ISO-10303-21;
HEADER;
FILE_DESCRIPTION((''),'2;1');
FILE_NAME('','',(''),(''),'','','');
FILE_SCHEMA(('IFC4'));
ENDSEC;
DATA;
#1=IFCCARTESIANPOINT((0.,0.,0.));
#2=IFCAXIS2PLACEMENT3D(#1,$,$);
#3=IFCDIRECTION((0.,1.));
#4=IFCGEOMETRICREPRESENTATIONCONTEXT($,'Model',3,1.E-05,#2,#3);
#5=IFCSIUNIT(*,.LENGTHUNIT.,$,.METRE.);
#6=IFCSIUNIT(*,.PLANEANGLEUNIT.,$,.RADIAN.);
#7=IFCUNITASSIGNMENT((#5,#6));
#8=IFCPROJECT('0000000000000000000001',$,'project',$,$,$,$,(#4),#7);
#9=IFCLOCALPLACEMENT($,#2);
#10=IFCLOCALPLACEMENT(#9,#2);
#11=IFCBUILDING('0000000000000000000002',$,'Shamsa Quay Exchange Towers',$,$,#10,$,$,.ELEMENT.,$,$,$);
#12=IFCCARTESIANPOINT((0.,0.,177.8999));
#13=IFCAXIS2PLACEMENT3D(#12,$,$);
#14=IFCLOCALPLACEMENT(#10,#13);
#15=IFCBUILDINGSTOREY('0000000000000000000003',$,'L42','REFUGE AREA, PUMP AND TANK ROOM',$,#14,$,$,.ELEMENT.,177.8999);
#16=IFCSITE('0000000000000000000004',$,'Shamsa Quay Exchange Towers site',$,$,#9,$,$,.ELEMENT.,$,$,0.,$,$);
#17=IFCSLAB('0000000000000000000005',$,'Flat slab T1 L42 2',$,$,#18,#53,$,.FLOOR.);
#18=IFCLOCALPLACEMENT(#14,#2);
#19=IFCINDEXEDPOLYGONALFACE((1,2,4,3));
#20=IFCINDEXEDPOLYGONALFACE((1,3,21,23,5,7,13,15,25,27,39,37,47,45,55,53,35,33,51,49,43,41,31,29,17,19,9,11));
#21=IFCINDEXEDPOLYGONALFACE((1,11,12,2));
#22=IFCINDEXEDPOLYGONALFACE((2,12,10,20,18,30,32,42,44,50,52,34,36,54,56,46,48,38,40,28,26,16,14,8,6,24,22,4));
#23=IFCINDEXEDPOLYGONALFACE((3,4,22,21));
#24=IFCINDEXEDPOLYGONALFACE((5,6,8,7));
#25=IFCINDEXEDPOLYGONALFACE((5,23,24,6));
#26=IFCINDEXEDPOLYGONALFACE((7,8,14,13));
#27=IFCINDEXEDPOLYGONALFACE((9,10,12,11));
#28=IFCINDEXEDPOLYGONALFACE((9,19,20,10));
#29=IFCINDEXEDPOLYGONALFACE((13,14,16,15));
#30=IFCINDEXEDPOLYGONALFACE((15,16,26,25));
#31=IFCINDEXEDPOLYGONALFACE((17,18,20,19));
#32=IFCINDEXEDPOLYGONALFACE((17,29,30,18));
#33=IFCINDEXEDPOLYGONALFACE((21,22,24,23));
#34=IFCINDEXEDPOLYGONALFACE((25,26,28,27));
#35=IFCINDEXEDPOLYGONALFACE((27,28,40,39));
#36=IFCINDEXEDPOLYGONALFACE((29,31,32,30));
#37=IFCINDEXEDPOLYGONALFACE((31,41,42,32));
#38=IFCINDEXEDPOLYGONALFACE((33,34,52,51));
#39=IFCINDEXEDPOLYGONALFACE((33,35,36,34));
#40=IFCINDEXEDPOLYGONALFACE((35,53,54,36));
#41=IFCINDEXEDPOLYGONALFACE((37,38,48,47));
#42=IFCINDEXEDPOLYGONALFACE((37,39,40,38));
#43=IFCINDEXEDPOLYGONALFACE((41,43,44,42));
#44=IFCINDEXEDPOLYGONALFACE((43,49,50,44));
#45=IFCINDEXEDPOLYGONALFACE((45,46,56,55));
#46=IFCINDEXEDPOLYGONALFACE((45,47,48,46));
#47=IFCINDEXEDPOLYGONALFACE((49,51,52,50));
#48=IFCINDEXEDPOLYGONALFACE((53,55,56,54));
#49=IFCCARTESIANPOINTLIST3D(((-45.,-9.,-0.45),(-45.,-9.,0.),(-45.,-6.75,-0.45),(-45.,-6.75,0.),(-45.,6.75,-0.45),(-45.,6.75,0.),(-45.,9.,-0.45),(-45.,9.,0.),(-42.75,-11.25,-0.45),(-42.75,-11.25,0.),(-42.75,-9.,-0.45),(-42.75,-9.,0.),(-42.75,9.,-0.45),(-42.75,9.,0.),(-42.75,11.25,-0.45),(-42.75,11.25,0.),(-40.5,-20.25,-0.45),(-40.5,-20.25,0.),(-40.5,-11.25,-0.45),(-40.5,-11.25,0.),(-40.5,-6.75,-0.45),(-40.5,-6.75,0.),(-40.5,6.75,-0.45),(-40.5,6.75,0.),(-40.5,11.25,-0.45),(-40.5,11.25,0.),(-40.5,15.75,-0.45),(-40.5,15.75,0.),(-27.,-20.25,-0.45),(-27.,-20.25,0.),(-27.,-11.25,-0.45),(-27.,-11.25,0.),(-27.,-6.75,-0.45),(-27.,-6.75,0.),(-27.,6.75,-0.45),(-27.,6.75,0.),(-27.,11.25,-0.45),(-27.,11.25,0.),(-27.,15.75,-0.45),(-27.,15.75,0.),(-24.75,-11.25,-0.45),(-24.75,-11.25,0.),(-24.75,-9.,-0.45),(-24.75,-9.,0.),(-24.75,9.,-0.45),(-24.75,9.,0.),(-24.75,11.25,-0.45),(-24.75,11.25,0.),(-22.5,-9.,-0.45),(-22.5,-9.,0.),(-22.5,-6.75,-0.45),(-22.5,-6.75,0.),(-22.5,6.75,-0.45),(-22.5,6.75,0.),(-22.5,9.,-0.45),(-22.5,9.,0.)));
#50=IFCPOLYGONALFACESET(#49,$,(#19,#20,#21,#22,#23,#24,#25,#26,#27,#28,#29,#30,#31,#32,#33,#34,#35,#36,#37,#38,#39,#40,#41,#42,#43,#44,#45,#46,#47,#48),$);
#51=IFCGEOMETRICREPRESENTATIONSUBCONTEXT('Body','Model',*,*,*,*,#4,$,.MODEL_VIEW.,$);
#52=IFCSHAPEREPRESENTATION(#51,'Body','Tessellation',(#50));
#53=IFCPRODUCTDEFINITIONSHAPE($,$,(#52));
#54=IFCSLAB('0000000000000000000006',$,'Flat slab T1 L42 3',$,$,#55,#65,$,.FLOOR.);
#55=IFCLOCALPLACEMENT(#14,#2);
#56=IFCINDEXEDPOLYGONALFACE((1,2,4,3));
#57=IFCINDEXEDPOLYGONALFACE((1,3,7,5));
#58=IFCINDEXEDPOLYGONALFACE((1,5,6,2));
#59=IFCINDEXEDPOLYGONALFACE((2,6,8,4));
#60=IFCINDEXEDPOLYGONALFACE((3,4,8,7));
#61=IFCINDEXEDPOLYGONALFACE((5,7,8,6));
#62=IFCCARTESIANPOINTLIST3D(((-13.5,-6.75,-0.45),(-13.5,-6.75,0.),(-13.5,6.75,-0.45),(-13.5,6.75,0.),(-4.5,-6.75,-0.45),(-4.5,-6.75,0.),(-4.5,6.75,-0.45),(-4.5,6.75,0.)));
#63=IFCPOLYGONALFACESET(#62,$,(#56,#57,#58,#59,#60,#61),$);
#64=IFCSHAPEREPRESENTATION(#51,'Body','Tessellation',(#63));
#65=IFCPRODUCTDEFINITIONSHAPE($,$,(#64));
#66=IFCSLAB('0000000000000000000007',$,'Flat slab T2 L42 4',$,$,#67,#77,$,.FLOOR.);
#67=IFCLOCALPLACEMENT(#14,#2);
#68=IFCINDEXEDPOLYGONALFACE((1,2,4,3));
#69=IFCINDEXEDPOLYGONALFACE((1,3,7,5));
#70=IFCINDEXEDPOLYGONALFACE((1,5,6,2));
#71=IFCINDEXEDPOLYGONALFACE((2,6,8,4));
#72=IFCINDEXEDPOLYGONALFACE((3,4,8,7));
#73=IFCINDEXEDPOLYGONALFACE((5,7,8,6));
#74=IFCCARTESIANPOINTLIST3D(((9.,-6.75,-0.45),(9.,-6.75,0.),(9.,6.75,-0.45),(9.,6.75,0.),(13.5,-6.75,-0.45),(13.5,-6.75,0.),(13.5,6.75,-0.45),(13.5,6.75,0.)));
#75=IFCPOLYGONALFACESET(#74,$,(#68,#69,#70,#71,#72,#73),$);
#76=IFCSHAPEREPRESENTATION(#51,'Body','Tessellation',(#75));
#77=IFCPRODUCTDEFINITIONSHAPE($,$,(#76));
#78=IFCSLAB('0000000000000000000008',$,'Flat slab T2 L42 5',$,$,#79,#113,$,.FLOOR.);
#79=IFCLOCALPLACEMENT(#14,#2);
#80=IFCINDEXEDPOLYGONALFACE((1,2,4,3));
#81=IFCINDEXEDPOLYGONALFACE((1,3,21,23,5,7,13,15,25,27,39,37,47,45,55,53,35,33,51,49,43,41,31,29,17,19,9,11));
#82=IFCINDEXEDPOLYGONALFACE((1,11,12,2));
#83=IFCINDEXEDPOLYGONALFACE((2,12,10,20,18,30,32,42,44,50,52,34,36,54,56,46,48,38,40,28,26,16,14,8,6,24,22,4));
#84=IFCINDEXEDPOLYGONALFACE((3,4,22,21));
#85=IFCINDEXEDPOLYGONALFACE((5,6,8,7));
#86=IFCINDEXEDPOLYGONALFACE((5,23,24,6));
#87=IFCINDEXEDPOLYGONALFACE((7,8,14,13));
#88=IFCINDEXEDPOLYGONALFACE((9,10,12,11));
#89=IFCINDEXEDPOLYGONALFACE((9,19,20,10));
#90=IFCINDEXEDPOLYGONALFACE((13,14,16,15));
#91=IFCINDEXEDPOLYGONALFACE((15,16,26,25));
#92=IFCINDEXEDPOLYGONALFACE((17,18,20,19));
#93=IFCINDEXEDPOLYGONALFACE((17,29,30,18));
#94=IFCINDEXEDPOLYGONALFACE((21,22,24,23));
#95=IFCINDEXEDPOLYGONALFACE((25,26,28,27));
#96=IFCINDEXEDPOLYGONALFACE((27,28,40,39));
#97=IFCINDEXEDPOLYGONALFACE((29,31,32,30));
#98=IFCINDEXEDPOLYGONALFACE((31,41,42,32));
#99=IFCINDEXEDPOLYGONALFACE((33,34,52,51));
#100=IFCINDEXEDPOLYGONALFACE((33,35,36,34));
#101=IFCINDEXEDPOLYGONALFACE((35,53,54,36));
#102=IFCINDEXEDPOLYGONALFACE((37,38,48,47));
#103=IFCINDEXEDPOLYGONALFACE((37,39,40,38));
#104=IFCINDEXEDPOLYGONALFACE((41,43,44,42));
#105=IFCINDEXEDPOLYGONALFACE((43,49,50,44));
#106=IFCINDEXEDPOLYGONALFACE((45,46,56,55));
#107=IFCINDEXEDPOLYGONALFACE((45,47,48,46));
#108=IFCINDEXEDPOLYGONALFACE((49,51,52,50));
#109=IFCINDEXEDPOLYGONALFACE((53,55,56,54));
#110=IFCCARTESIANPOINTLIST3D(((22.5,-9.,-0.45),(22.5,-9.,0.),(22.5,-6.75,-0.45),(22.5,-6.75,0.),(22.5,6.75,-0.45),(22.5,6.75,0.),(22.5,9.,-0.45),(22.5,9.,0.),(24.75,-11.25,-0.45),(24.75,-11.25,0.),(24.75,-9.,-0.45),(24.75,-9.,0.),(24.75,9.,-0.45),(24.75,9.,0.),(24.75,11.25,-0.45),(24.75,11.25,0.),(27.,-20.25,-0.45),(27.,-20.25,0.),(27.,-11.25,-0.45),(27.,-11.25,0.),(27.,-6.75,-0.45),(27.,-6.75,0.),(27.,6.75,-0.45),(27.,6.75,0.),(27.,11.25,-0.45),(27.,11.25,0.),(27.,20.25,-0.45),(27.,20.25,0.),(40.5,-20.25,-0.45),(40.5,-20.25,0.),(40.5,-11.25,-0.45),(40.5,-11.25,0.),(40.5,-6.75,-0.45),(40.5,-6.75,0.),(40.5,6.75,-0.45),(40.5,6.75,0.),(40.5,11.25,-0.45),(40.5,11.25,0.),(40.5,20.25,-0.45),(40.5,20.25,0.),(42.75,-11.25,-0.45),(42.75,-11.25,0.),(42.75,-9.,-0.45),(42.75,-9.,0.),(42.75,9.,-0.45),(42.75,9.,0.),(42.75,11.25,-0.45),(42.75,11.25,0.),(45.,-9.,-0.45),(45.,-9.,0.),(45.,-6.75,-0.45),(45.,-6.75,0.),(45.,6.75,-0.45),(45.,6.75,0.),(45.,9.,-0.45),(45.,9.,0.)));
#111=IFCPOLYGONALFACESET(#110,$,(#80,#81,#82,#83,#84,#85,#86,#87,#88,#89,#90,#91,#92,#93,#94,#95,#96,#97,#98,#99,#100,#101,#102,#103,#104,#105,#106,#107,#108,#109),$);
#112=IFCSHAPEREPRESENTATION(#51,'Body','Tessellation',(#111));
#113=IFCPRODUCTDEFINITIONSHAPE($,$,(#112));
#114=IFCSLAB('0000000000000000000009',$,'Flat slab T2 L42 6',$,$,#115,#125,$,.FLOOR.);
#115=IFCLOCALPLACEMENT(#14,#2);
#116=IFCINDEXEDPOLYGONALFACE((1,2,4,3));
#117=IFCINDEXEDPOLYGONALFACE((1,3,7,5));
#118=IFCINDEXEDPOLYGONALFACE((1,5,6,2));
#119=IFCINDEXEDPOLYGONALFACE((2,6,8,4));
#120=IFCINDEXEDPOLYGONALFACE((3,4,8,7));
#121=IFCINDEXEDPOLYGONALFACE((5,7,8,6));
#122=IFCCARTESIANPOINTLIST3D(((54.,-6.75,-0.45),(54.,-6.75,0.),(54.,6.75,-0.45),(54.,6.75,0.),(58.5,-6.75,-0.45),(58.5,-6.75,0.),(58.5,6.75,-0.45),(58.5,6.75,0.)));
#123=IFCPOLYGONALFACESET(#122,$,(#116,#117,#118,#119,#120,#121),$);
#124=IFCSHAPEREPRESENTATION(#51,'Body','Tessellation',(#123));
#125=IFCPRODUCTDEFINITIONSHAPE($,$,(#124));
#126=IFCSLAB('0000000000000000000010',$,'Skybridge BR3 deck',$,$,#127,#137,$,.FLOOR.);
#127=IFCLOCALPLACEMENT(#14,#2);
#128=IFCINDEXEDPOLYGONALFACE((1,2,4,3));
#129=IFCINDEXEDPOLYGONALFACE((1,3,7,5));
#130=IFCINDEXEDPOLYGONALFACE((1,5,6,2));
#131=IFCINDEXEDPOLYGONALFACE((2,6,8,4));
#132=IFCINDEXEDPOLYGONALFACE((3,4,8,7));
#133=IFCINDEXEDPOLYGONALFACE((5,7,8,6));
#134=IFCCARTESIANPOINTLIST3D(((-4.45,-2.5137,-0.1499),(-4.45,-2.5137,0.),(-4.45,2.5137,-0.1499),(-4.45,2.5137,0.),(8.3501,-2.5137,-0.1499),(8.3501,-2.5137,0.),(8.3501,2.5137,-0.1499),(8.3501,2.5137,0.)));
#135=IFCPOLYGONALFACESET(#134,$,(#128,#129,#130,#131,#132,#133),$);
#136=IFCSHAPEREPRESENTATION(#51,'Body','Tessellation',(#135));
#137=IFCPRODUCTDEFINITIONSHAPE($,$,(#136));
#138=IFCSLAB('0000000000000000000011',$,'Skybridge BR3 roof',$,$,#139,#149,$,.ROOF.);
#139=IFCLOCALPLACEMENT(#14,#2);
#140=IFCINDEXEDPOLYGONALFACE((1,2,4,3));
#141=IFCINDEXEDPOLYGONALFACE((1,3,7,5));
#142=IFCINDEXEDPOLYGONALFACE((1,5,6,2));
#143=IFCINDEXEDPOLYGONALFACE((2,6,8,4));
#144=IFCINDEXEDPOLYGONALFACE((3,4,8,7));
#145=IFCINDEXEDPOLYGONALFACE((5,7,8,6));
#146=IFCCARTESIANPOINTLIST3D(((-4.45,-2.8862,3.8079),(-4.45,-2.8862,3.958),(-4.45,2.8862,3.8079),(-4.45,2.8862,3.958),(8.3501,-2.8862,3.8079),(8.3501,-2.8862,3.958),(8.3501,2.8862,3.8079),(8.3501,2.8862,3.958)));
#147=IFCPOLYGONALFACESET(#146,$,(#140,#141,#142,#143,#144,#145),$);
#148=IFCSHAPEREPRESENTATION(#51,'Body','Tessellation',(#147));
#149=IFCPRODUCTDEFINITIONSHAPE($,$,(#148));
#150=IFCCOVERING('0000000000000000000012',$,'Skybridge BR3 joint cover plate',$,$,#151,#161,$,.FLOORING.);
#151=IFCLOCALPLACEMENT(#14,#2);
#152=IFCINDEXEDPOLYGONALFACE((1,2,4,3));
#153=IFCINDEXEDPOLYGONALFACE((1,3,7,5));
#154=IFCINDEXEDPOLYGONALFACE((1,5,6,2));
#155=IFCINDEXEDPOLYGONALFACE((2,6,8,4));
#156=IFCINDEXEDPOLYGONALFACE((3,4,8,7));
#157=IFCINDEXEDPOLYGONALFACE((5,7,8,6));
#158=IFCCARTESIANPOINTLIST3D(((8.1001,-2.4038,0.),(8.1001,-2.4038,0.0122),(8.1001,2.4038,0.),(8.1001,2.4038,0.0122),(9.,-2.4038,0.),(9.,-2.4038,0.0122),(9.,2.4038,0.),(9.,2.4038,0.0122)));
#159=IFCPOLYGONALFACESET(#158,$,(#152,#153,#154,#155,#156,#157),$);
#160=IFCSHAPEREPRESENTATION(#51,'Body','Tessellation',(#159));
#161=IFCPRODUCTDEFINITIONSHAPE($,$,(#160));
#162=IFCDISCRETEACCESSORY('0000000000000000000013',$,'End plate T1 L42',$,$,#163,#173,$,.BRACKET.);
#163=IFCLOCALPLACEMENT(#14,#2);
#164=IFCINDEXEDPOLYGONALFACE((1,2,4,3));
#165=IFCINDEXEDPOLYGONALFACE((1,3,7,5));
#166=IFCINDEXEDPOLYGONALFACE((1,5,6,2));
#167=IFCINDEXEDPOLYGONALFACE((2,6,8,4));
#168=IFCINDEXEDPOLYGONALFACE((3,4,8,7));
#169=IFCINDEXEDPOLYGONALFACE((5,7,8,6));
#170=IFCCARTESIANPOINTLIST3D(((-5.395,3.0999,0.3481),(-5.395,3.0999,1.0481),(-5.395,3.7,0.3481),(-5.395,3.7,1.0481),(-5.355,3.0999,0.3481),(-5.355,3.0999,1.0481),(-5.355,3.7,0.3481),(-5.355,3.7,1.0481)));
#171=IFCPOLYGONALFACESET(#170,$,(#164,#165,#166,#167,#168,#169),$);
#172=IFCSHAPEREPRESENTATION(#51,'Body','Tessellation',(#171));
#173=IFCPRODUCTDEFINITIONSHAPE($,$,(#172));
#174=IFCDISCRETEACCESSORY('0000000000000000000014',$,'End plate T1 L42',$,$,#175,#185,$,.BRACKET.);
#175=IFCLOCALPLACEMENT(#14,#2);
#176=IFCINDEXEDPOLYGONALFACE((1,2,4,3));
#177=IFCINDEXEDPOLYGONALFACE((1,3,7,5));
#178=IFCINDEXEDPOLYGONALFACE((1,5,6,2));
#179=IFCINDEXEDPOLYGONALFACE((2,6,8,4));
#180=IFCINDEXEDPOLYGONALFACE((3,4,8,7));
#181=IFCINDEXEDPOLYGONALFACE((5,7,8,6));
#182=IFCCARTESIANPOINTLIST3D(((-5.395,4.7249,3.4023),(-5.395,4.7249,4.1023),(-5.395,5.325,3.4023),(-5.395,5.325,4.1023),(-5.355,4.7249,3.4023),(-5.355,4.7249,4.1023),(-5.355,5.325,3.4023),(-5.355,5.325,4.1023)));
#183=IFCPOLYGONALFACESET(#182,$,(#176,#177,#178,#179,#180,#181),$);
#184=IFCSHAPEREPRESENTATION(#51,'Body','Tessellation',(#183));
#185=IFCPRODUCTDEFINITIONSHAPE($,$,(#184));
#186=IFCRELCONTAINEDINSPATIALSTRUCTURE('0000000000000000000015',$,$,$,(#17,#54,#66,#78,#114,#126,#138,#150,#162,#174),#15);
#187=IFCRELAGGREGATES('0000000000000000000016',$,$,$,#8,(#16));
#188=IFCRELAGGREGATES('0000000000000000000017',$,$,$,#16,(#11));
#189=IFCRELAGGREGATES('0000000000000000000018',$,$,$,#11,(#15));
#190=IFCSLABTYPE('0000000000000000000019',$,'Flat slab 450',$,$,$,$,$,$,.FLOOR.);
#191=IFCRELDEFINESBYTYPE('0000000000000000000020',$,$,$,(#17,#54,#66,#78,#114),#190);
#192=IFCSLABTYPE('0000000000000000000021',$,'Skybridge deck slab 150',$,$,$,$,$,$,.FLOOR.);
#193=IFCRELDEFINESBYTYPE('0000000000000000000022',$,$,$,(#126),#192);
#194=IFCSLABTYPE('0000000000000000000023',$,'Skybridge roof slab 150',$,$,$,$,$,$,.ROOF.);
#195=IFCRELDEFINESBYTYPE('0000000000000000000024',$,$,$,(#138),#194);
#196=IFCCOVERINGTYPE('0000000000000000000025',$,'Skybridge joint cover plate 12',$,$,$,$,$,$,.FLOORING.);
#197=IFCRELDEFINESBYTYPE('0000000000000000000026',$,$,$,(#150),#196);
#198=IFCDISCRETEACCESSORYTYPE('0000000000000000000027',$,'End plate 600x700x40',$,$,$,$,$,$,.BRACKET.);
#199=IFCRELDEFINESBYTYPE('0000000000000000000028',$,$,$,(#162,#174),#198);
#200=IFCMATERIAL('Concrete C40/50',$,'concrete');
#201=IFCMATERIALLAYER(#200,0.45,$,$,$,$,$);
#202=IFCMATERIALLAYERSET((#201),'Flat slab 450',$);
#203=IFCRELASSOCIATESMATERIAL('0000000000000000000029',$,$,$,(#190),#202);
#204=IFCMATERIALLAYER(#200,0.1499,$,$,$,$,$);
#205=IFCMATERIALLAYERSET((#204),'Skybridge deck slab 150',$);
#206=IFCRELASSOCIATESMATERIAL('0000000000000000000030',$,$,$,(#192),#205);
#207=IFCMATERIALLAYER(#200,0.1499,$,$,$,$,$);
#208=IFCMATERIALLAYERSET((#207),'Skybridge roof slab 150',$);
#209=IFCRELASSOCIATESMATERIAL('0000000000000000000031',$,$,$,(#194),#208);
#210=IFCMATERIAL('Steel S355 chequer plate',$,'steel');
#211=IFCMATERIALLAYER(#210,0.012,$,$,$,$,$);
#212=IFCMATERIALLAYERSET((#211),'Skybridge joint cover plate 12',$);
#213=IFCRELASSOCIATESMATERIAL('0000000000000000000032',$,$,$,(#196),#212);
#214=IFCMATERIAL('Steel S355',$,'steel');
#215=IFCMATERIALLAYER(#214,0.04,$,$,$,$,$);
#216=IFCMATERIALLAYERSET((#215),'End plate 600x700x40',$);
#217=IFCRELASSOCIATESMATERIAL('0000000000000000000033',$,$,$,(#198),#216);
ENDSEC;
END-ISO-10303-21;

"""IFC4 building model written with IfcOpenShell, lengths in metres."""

from ifc_helpers import new_model, si_unit, direction, frame, origin, origin_2d, place, context, subcontext, project, spatial, polyline, rectangle, outline, extrude, material, layer, layer_set, type_object, element, save


model = new_model("IFC4")

# Units and contexts
model_context = context("Model", 3, precision=1e-05, world=origin(), true_north=direction((0.0, 1.0)))
body_context = subcontext(model_context, "Body", "Model", "MODEL_VIEW")
ifc_project = project(units=[si_unit("LENGTHUNIT", "METRE"), si_unit("PLANEANGLEUNIT", "RADIAN")], contexts=[model_context])

# Site, building, storey
site_placement = place(None, origin())
site = spatial("IfcSite", under=ifc_project, at=site_placement, Name="Shamsa Quay Exchange Towers site", CompositionType="ELEMENT", RefElevation=0.0)
building_placement = place(site_placement, origin())
building = spatial("IfcBuilding", under=site, at=building_placement, Name="Shamsa Quay Exchange Towers", CompositionType="ELEMENT")
storey_placement = place(building_placement, frame((0.0, 0.0, 177.8999)))
storey = spatial("IfcBuildingStorey", under=building, at=storey_placement, Name="L42", Description="REFUGE AREA, PUMP AND TANK ROOM", CompositionType="ELEMENT", Elevation=177.8999)

# Shared definitions
ifc_material_1 = material(Name="Steel S355", Category="steel")

# Shared definitions
ifc_material_2 = material(Name="Concrete C40/50", Category="concrete")

# Slabs
ifc_layer_1 = layer(ifc_material_2, 0.45)
ifc_layer_set_1 = layer_set([ifc_layer_1], Name="Flat slab 450")
slab_type_1 = type_object("IfcSlabType", Name="Flat slab 450", PredefinedType="FLOOR", material=ifc_layer_set_1)
slab_1_placement = place(storey_placement, frame((0.0, 0.0, -0.45)))
element("IfcSlab", 1, at=slab_1_placement, inside=storey, type_object=slab_type_1, Name="Flat slab T1 L42 2", PredefinedType="FLOOR", context=body_context, shape_type="SweptSolid", body=[
    extrude(outline(polyline([(-22.5, -9.0), (-22.5, -6.75), (-27.0, -6.75), (-27.0, 6.75), (-22.5, 6.75), (-22.5, 9.0), (-24.75, 9.0), (-24.75, 11.25), (-27.0, 11.25), (-27.0, 15.75), (-40.5, 15.75), (-40.5, 11.25), (-42.75, 11.25), (-42.75, 9.0), (-45.0, 9.0), (-45.0, 6.75), (-40.5, 6.75), (-40.5, -6.75), (-45.0, -6.75), (-45.0, -9.0), (-42.75, -9.0), (-42.75, -11.25), (-40.5, -11.25), (-40.5, -20.25), (-27.0, -20.25), (-27.0, -11.25), (-24.75, -11.25), (-24.75, -9.0), (-22.5, -9.0)])), origin(), (0.0, 0.0, 1.0), 0.45),
])
slab_2_placement = place(storey_placement, frame((0.0, 0.0, -0.45)))
element("IfcSlab", 2, at=slab_2_placement, inside=storey, type_object=slab_type_1, Name="Flat slab T1 L42 3", PredefinedType="FLOOR", context=body_context, shape_type="SweptSolid", body=[
    extrude(outline(polyline([(-4.5, 6.75), (-13.5, 6.75), (-13.5, -6.75), (-4.5, -6.75), (-4.5, 6.75)])), origin(), (0.0, 0.0, 1.0), 0.45),
])
slab_3_placement = place(storey_placement, frame((0.0, 0.0, -0.45)))
element("IfcSlab", 3, at=slab_3_placement, inside=storey, type_object=slab_type_1, Name="Flat slab T2 L42 4", PredefinedType="FLOOR", context=body_context, shape_type="SweptSolid", body=[
    extrude(outline(polyline([(9.0, -6.75), (13.5, -6.75), (13.5, 6.75), (9.0, 6.75), (9.0, -6.75)])), origin(), (0.0, 0.0, 1.0), 0.45),
])
slab_4_placement = place(storey_placement, frame((0.0, 0.0, -0.45)))
element("IfcSlab", 4, at=slab_4_placement, inside=storey, type_object=slab_type_1, Name="Flat slab T2 L42 5", PredefinedType="FLOOR", context=body_context, shape_type="SweptSolid", body=[
    extrude(outline(polyline([(45.0, -9.0), (45.0, -6.75), (40.5, -6.75), (40.5, 6.75), (45.0, 6.75), (45.0, 9.0), (42.75, 9.0), (42.75, 11.25), (40.5, 11.25), (40.5, 20.25), (27.0, 20.25), (27.0, 11.25), (24.75, 11.25), (24.75, 9.0), (22.5, 9.0), (22.5, 6.75), (27.0, 6.75), (27.0, -6.75), (22.5, -6.75), (22.5, -9.0), (24.75, -9.0), (24.75, -11.25), (27.0, -11.25), (27.0, -20.25), (40.5, -20.25), (40.5, -11.25), (42.75, -11.25), (42.75, -9.0), (45.0, -9.0)])), origin(), (0.0, 0.0, 1.0), 0.45),
])
slab_5_placement = place(storey_placement, frame((0.0, 0.0, -0.45)))
element("IfcSlab", 5, at=slab_5_placement, inside=storey, type_object=slab_type_1, Name="Flat slab T2 L42 6", PredefinedType="FLOOR", context=body_context, shape_type="SweptSolid", body=[
    extrude(outline(polyline([(58.5, 6.75), (54.0, 6.75), (54.0, -6.75), (58.5, -6.75), (58.5, 6.75)])), origin(), (0.0, 0.0, 1.0), 0.45),
])
ifc_layer_2 = layer(ifc_material_2, 0.1499)
ifc_layer_set_2 = layer_set([ifc_layer_2], Name="Skybridge deck slab 150")
slab_type_2 = type_object("IfcSlabType", Name="Skybridge deck slab 150", PredefinedType="FLOOR", material=ifc_layer_set_2)
slab_6_placement = place(storey_placement, frame((0.0, 0.0, -0.1499)))
element("IfcSlab", 6, at=slab_6_placement, inside=storey, type_object=slab_type_2, Name="Skybridge BR3 deck", PredefinedType="FLOOR", context=body_context, shape_type="SweptSolid", body=[
    extrude(outline(polyline([(-4.45, -2.5137), (8.3501, -2.5137), (8.3501, 2.5137), (-4.45, 2.5137), (-4.45, -2.5137)])), origin(), (0.0, 0.0, 1.0), 0.1499),
])
ifc_layer_3 = layer(ifc_material_2, 0.1499)
ifc_layer_set_3 = layer_set([ifc_layer_3], Name="Skybridge roof slab 150")
slab_type_3 = type_object("IfcSlabType", Name="Skybridge roof slab 150", PredefinedType="ROOF", material=ifc_layer_set_3)
slab_7_placement = place(storey_placement, frame((0.0, 0.0, 3.8079)))
element("IfcSlab", 7, at=slab_7_placement, inside=storey, type_object=slab_type_3, Name="Skybridge BR3 roof", PredefinedType="ROOF", context=body_context, shape_type="SweptSolid", body=[
    extrude(outline(polyline([(-4.45, -2.8862), (8.3501, -2.8862), (8.3501, 2.8862), (-4.45, 2.8862), (-4.45, -2.8862)])), origin(), (0.0, 0.0, 1.0), 0.1501),
])

# Covering
ifc_material_3 = material(Name="Steel S355 chequer plate", Category="steel")
ifc_layer_4 = layer(ifc_material_3, 0.012)
ifc_layer_set_4 = layer_set([ifc_layer_4], Name="Skybridge joint cover plate 12")
covering_type = type_object("IfcCoveringType", Name="Skybridge joint cover plate 12", PredefinedType="FLOORING", material=ifc_layer_set_4)
covering_placement = place(storey_placement, origin())
element("IfcCovering", 8, at=covering_placement, inside=storey, type_object=covering_type, Name="Skybridge BR3 joint cover plate", PredefinedType="FLOORING", context=body_context, shape_type="SweptSolid", body=[
    extrude(outline(polyline([(8.1001, -2.4038), (9.0, -2.4038), (9.0, 2.4038), (8.1001, 2.4038), (8.1001, -2.4038)])), origin(), (0.0, 0.0, 1.0), 0.0122),
])

# Discrete accessories
ifc_layer_5 = layer(ifc_material_1, 0.04)
ifc_layer_set_5 = layer_set([ifc_layer_5], Name="End plate 600x700x40")
discrete_accessory_type = type_object("IfcDiscreteAccessoryType", Name="End plate 600x700x40", PredefinedType="BRACKET", material=ifc_layer_set_5)
for number, where, z_axis, x_axis, name in (
    (9, (-5.375, 3.3999, 0.3481), (0.0, 0.0, 1.0), (0.0, 1.0, 0.0), "End plate T1 L42"),
    (10, (-5.375, 5.0249, 3.4023), (0.0, 0.0, 1.0), (0.0, 1.0, 0.0), "End plate T1 L42"),
):
    element("IfcDiscreteAccessory", number, at=place(storey_placement, frame(where, z_axis=z_axis, x_axis=x_axis)), inside=storey, type_object=discrete_accessory_type, Name=name, PredefinedType="BRACKET", context=body_context, shape_type="SweptSolid", body=[
        extrude(rectangle(XDim=0.6001, YDim=0.04, at=origin_2d()), origin(), (0.0, 0.0, 1.0), 0.7),
    ])

save(model, "model.ifc")
